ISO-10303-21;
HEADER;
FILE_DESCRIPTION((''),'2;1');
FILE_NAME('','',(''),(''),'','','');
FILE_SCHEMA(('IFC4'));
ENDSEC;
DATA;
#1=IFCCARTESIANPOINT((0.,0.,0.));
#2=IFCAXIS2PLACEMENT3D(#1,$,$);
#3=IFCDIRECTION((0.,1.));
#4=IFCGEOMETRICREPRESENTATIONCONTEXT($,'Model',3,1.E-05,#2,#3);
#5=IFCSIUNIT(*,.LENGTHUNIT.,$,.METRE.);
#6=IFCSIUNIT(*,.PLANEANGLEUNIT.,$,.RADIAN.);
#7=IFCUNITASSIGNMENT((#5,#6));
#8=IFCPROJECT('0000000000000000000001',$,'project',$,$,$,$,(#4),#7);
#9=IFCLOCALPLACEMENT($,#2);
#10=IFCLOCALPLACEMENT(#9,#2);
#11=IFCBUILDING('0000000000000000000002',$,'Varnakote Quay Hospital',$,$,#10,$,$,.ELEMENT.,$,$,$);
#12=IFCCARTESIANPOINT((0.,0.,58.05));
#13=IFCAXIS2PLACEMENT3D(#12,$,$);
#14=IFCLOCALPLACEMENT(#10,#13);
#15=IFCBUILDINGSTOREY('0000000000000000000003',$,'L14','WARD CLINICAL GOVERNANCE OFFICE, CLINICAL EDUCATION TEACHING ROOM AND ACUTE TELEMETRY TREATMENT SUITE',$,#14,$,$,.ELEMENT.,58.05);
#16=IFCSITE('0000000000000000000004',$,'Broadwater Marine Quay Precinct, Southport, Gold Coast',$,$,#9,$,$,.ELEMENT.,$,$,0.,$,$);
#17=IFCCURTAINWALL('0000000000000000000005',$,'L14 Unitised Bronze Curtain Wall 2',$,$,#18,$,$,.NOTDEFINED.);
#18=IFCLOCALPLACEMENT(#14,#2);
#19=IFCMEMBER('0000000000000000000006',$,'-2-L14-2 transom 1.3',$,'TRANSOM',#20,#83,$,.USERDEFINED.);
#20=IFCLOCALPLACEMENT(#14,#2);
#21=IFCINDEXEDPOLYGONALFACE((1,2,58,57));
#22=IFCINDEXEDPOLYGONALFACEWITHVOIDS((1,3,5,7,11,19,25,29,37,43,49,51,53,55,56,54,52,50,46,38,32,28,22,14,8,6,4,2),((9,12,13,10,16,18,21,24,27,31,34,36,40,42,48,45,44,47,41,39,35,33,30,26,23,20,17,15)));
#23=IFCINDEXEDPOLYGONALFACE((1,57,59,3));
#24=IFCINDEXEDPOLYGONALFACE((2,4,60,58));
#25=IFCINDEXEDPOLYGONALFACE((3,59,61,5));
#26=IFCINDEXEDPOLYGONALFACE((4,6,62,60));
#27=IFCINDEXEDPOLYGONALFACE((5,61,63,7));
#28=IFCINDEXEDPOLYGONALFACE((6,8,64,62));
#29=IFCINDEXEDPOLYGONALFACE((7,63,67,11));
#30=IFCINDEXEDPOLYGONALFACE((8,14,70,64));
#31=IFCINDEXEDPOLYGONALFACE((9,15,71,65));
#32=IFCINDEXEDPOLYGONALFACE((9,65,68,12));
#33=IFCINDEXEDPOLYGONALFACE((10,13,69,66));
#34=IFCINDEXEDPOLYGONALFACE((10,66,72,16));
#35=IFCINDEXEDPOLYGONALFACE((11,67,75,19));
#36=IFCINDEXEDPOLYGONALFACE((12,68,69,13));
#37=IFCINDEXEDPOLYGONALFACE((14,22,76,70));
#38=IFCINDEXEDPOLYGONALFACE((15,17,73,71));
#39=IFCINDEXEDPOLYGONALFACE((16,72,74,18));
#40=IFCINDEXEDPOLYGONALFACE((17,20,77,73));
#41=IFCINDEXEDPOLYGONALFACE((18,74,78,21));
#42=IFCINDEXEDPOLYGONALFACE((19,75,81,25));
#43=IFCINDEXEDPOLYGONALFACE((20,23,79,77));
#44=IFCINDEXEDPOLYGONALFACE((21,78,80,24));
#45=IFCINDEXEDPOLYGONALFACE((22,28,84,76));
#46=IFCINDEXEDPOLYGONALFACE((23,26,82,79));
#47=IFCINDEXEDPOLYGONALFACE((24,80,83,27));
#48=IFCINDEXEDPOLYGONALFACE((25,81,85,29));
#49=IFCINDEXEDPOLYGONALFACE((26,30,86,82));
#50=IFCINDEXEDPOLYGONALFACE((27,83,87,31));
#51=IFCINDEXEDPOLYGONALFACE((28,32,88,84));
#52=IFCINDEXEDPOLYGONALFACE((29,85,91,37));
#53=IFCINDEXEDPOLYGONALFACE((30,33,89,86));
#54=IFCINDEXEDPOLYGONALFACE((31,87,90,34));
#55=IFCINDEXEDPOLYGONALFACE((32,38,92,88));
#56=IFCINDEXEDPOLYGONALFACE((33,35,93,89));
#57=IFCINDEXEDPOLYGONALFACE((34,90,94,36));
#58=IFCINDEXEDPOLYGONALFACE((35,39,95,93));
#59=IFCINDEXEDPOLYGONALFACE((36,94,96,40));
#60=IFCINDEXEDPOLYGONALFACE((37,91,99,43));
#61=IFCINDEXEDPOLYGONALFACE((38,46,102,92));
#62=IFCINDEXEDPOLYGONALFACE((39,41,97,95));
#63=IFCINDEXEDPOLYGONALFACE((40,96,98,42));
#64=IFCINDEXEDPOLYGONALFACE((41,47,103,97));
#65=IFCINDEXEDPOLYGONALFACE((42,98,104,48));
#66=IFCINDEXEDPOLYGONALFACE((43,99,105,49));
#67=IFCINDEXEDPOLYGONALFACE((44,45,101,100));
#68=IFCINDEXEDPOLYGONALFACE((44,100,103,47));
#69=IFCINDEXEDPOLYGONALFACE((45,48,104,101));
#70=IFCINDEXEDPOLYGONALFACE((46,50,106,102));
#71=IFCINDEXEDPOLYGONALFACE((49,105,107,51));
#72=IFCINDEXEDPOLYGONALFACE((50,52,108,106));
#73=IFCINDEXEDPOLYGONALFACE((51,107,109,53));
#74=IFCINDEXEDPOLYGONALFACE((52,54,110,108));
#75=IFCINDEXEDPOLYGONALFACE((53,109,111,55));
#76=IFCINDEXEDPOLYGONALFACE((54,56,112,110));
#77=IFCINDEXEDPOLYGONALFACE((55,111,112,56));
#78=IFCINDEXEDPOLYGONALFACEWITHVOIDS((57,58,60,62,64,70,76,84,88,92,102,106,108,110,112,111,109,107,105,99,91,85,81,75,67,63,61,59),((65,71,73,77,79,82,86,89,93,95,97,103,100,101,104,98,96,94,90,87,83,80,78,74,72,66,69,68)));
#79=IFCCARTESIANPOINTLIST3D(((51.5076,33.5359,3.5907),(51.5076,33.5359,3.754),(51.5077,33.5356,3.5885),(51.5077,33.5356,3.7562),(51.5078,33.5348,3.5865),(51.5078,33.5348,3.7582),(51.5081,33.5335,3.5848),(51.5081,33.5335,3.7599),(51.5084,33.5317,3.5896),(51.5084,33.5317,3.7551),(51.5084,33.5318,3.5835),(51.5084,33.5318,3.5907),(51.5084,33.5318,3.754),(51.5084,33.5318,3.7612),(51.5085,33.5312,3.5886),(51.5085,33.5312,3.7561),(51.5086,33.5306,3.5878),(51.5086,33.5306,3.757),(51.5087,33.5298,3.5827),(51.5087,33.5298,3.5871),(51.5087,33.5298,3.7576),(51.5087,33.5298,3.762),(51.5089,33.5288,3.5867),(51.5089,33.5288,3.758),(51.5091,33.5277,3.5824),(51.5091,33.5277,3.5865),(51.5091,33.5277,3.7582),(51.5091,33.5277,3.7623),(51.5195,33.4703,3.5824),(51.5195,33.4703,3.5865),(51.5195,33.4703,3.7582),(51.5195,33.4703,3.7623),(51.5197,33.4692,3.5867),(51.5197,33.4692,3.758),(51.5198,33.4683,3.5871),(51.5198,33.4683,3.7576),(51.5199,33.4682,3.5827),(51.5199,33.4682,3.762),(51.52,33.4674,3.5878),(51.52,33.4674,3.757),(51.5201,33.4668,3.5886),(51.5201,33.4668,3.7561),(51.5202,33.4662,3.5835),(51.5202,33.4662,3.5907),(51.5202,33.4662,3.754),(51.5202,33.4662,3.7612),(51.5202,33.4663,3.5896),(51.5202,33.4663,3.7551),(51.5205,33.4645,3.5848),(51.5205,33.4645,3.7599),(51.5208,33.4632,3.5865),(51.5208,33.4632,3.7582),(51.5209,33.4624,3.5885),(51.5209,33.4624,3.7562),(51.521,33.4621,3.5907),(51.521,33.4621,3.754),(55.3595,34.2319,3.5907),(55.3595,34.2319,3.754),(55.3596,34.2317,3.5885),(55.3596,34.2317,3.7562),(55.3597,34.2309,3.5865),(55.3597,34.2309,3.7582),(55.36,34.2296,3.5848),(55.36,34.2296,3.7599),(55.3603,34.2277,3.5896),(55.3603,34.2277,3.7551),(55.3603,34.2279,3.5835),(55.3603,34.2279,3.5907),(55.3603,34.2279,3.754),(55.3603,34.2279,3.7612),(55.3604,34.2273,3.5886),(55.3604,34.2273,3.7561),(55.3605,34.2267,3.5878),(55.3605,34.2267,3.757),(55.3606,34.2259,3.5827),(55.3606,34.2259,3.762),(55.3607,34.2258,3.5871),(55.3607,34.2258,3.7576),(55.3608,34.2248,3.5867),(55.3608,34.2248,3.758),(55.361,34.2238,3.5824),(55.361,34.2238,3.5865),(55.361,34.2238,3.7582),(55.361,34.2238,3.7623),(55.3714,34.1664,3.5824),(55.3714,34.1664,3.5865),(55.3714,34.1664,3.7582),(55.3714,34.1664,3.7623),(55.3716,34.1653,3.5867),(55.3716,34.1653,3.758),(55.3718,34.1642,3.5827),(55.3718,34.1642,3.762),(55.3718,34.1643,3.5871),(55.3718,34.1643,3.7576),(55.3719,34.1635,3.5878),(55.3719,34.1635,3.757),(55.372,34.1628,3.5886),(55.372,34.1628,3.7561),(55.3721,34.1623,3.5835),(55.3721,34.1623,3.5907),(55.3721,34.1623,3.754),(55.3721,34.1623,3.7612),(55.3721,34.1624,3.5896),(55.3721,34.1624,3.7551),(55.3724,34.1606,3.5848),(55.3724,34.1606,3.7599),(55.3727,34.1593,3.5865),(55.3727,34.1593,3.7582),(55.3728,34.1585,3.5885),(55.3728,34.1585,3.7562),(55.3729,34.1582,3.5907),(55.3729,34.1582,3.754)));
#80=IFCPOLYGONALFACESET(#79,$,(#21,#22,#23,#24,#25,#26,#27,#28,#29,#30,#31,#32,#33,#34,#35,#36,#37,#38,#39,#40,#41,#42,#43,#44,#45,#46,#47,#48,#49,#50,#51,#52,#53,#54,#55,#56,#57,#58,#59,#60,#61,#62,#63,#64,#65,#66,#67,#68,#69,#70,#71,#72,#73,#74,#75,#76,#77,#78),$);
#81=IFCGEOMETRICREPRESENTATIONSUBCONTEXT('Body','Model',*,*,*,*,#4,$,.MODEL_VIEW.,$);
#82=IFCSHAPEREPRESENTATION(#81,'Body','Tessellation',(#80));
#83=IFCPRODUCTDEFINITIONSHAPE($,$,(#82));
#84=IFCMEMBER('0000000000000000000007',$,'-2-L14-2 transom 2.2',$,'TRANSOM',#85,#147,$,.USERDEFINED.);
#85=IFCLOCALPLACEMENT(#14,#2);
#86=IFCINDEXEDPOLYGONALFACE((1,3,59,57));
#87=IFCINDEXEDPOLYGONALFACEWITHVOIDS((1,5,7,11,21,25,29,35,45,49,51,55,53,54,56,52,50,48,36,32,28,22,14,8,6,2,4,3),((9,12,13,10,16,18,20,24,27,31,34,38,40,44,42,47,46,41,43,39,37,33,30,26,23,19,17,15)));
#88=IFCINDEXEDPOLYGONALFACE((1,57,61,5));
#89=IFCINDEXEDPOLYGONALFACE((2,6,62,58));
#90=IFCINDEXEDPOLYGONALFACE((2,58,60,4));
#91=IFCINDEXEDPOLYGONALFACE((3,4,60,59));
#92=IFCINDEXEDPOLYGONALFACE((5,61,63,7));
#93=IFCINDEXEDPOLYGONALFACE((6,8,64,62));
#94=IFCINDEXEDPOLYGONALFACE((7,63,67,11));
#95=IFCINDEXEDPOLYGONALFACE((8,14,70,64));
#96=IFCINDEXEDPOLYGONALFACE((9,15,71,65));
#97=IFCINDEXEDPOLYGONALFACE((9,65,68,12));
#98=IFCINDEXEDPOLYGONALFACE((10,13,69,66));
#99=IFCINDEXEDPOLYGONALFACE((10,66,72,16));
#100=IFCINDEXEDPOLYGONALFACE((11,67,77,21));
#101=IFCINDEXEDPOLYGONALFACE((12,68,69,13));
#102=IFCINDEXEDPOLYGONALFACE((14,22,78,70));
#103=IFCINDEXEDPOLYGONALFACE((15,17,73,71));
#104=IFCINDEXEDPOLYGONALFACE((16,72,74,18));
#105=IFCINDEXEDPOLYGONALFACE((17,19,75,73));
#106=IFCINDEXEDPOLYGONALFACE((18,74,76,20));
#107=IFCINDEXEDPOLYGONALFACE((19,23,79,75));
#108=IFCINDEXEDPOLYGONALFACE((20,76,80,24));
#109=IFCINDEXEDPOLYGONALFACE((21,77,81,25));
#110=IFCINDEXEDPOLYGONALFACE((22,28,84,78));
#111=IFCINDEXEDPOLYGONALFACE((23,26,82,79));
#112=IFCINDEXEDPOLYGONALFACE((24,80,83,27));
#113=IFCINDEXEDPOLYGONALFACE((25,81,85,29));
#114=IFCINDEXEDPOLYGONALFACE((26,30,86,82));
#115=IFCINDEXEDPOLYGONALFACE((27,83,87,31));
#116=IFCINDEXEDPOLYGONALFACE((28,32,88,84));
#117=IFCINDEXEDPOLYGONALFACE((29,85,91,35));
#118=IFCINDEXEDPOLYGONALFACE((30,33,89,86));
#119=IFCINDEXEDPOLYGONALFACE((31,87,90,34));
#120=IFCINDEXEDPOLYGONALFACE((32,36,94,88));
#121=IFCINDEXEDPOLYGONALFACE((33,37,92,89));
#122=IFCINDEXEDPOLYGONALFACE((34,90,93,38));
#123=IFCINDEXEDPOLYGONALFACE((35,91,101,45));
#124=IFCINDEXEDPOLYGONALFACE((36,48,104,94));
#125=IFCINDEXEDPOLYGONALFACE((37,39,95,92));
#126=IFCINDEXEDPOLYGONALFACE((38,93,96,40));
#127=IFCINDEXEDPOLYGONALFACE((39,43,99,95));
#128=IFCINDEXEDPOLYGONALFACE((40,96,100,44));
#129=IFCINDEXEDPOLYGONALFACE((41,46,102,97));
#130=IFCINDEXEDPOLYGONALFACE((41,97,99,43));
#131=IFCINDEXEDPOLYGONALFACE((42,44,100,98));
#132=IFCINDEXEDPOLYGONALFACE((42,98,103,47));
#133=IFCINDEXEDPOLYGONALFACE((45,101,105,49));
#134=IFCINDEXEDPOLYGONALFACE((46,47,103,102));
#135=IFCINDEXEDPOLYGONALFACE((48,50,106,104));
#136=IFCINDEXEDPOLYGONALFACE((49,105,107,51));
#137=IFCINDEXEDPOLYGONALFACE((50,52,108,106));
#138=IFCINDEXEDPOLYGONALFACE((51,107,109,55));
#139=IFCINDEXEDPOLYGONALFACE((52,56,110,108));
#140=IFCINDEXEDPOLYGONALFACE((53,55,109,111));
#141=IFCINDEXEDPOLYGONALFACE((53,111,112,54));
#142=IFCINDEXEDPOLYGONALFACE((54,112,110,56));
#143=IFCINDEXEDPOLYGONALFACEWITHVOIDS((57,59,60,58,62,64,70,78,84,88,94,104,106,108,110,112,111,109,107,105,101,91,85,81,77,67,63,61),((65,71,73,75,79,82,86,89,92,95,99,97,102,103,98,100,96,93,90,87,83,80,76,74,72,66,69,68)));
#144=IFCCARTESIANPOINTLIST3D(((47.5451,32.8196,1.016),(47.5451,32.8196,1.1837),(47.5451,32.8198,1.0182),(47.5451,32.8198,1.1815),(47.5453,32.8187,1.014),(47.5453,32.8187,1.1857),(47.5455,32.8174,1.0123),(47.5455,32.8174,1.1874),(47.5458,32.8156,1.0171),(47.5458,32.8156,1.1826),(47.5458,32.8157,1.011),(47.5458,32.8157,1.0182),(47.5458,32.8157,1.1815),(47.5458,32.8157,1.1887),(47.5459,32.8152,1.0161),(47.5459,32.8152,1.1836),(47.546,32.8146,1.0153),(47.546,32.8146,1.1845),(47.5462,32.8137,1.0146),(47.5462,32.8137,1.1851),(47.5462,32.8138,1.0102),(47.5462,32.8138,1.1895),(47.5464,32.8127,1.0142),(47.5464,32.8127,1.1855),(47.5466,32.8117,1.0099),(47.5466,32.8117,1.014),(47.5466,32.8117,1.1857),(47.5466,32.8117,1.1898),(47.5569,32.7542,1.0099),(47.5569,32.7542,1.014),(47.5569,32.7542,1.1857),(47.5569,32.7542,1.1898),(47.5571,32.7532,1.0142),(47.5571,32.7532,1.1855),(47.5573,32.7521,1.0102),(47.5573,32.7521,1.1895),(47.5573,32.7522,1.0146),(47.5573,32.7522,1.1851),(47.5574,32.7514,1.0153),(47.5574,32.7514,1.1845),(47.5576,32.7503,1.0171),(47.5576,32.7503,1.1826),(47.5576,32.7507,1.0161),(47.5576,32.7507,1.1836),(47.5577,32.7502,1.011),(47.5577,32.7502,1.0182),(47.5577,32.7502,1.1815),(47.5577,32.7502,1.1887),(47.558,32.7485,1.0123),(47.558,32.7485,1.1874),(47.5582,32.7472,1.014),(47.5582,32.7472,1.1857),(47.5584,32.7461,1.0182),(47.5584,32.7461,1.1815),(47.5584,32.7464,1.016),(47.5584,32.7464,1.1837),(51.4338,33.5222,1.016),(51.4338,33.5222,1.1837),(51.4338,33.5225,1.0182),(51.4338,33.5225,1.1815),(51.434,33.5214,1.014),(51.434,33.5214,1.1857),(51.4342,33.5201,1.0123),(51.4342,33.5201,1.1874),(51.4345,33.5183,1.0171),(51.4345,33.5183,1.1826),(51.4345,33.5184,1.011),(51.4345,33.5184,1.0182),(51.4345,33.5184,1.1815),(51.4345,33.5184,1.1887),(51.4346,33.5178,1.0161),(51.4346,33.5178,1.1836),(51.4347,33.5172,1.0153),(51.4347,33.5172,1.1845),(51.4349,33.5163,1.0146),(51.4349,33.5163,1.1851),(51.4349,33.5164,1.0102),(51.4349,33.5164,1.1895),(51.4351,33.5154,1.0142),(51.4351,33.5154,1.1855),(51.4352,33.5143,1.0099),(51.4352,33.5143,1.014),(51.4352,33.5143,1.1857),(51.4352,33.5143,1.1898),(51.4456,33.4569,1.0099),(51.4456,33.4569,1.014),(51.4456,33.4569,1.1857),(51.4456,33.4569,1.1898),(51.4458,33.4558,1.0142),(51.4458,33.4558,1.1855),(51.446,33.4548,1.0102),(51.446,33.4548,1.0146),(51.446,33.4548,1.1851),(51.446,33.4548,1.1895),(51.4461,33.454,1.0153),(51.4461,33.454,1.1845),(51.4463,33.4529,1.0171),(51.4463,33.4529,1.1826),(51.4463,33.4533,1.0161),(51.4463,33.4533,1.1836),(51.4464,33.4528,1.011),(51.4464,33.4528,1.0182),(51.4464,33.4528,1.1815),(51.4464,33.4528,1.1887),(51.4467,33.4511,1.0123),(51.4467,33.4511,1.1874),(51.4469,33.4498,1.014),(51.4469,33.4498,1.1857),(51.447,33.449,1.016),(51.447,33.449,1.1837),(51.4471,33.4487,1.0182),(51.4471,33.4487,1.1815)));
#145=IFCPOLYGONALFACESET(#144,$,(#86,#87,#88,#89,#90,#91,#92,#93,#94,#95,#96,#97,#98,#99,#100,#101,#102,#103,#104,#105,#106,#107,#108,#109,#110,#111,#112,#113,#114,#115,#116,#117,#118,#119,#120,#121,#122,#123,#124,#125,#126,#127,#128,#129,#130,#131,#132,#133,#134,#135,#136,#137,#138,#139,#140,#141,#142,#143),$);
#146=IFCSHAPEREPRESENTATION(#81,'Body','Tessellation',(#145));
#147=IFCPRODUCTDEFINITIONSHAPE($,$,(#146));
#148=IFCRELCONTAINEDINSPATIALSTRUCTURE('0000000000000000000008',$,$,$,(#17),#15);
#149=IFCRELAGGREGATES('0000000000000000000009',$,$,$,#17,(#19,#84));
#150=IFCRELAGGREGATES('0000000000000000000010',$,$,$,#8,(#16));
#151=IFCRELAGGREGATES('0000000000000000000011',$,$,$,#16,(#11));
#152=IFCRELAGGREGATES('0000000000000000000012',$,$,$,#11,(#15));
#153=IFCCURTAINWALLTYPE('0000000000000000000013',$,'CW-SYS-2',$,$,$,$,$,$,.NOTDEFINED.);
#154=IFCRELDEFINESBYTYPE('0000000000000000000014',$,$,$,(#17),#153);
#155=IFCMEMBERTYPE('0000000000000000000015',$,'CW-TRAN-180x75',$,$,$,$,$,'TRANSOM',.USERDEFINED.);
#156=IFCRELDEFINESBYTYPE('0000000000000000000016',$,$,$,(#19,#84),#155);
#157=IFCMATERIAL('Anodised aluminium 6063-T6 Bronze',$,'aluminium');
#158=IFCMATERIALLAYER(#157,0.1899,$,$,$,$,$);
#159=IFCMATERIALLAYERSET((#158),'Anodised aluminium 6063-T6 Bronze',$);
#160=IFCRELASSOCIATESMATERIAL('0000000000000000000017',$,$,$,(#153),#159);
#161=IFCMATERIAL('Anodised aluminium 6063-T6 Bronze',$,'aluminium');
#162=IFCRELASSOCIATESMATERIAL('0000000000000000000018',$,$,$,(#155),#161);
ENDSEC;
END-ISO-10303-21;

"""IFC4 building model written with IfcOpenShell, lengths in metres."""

from ifc_helpers import new_model, si_unit, direction, frame, origin, origin_2d, place, context, subcontext, project, spatial, hollow_rectangle, extrude, material, layer, layer_set, material_profile, profile_set, type_object, element, aggregate, save


model = new_model("IFC4")

# Units and contexts
model_context = context("Model", 3, precision=1e-05, world=origin(), true_north=direction((0.0, 1.0)))
body_context = subcontext(model_context, "Body", "Model", "MODEL_VIEW")
ifc_project = project(units=[si_unit("LENGTHUNIT", "METRE"), si_unit("PLANEANGLEUNIT", "RADIAN")], contexts=[model_context])

# Site, building, storey
site_placement = place(None, origin())
site = spatial("IfcSite", under=ifc_project, at=site_placement, Name="Broadwater Marine Quay Precinct, Southport, Gold Coast", CompositionType="ELEMENT", RefElevation=0.0)
building_placement = place(site_placement, origin())
building = spatial("IfcBuilding", under=site, at=building_placement, Name="Varnakote Quay Hospital", CompositionType="ELEMENT")
storey_placement = place(building_placement, frame((0.0, 0.0, 58.05)))
storey = spatial("IfcBuildingStorey", under=building, at=storey_placement, Name="L14", Description="WARD CLINICAL GOVERNANCE OFFICE, CLINICAL EDUCATION TEACHING ROOM AND ACUTE TELEMETRY TREATMENT SUITE", CompositionType="ELEMENT", Elevation=58.05)

# Shared definitions
ifc_material_1 = material(Name="Anodised aluminium 6063-T6 Bronze", Category="aluminium")
ifc_layer_1 = layer(ifc_material_1, 0.1899)
ifc_layer_set_1 = layer_set([ifc_layer_1], Name="Anodised aluminium 6063-T6 Bronze")
curtain_wall_type = type_object("IfcCurtainWallType", Name="CW-SYS-2", PredefinedType="NOTDEFINED", material=ifc_layer_set_1)

# Curtain wall
curtain_wall_1_placement = place(storey_placement, origin())
curtain_wall_1 = element("IfcCurtainWall", 1, at=curtain_wall_1_placement, inside=storey, type_object=curtain_wall_type, Name="L14 Unitised Bronze Curtain Wall 2", PredefinedType="NOTDEFINED")

# Members
ifc_material_2 = material(Name="Anodised aluminium 6063-T6 Bronze", Category="aluminium")
ifc_material_profile_1 = material_profile(ifc_material_2, hollow_rectangle(XDim=0.075, YDim=0.1799, WallThickness=0.0042, InnerFilletRadius=0.0042, OuterFilletRadius=0.0083, at=origin_2d()), Name="CW-TRAN-180x75")
ifc_profile_set_1 = profile_set([ifc_material_profile_1], Name="Anodised aluminium 6063-T6 Bronze")
member_type_1 = type_object("IfcMemberType", Name="CW-TRAN-180x75", ElementType="TRANSOM", PredefinedType="USERDEFINED", material=ifc_profile_set_1)
member_1_placement = place(storey_placement, frame((55.3662, 34.1951, 3.6724), z_axis=(-0.984062, -0.177826, 0.0), x_axis=(0.177826, -0.984062, 0.0)))
member_1 = element("IfcMember", 2, at=member_1_placement, type_object=member_type_1, Name="-2-L14-2 transom 1.3", ObjectType="TRANSOM", PredefinedType="USERDEFINED", context=body_context, shape_type="SweptSolid", body=[
    extrude(hollow_rectangle(XDim=0.075, YDim=0.1799, WallThickness=0.0042, InnerFilletRadius=0.0042, OuterFilletRadius=0.0083, at=origin_2d()), origin(), (0.0, 0.0, 1.0), 3.9143),
])
member_2_placement = place(storey_placement, frame((51.4404, 33.4856, 1.0999), z_axis=(-0.984065, -0.177809, 0.0), x_axis=(0.177809, -0.984065, 0.0)))
member_2 = element("IfcMember", 3, at=member_2_placement, type_object=member_type_1, Name="-2-L14-2 transom 2.2", ObjectType="TRANSOM", PredefinedType="USERDEFINED", context=body_context, shape_type="SweptSolid", body=[
    extrude(hollow_rectangle(XDim=0.075, YDim=0.1799, WallThickness=0.0042, InnerFilletRadius=0.0042, OuterFilletRadius=0.0083, at=origin_2d()), origin(), (0.0, 0.0, 1.0), 3.9517),
])

aggregate(curtain_wall_1, [member_1, member_2])

save(model, "model.ifc")
